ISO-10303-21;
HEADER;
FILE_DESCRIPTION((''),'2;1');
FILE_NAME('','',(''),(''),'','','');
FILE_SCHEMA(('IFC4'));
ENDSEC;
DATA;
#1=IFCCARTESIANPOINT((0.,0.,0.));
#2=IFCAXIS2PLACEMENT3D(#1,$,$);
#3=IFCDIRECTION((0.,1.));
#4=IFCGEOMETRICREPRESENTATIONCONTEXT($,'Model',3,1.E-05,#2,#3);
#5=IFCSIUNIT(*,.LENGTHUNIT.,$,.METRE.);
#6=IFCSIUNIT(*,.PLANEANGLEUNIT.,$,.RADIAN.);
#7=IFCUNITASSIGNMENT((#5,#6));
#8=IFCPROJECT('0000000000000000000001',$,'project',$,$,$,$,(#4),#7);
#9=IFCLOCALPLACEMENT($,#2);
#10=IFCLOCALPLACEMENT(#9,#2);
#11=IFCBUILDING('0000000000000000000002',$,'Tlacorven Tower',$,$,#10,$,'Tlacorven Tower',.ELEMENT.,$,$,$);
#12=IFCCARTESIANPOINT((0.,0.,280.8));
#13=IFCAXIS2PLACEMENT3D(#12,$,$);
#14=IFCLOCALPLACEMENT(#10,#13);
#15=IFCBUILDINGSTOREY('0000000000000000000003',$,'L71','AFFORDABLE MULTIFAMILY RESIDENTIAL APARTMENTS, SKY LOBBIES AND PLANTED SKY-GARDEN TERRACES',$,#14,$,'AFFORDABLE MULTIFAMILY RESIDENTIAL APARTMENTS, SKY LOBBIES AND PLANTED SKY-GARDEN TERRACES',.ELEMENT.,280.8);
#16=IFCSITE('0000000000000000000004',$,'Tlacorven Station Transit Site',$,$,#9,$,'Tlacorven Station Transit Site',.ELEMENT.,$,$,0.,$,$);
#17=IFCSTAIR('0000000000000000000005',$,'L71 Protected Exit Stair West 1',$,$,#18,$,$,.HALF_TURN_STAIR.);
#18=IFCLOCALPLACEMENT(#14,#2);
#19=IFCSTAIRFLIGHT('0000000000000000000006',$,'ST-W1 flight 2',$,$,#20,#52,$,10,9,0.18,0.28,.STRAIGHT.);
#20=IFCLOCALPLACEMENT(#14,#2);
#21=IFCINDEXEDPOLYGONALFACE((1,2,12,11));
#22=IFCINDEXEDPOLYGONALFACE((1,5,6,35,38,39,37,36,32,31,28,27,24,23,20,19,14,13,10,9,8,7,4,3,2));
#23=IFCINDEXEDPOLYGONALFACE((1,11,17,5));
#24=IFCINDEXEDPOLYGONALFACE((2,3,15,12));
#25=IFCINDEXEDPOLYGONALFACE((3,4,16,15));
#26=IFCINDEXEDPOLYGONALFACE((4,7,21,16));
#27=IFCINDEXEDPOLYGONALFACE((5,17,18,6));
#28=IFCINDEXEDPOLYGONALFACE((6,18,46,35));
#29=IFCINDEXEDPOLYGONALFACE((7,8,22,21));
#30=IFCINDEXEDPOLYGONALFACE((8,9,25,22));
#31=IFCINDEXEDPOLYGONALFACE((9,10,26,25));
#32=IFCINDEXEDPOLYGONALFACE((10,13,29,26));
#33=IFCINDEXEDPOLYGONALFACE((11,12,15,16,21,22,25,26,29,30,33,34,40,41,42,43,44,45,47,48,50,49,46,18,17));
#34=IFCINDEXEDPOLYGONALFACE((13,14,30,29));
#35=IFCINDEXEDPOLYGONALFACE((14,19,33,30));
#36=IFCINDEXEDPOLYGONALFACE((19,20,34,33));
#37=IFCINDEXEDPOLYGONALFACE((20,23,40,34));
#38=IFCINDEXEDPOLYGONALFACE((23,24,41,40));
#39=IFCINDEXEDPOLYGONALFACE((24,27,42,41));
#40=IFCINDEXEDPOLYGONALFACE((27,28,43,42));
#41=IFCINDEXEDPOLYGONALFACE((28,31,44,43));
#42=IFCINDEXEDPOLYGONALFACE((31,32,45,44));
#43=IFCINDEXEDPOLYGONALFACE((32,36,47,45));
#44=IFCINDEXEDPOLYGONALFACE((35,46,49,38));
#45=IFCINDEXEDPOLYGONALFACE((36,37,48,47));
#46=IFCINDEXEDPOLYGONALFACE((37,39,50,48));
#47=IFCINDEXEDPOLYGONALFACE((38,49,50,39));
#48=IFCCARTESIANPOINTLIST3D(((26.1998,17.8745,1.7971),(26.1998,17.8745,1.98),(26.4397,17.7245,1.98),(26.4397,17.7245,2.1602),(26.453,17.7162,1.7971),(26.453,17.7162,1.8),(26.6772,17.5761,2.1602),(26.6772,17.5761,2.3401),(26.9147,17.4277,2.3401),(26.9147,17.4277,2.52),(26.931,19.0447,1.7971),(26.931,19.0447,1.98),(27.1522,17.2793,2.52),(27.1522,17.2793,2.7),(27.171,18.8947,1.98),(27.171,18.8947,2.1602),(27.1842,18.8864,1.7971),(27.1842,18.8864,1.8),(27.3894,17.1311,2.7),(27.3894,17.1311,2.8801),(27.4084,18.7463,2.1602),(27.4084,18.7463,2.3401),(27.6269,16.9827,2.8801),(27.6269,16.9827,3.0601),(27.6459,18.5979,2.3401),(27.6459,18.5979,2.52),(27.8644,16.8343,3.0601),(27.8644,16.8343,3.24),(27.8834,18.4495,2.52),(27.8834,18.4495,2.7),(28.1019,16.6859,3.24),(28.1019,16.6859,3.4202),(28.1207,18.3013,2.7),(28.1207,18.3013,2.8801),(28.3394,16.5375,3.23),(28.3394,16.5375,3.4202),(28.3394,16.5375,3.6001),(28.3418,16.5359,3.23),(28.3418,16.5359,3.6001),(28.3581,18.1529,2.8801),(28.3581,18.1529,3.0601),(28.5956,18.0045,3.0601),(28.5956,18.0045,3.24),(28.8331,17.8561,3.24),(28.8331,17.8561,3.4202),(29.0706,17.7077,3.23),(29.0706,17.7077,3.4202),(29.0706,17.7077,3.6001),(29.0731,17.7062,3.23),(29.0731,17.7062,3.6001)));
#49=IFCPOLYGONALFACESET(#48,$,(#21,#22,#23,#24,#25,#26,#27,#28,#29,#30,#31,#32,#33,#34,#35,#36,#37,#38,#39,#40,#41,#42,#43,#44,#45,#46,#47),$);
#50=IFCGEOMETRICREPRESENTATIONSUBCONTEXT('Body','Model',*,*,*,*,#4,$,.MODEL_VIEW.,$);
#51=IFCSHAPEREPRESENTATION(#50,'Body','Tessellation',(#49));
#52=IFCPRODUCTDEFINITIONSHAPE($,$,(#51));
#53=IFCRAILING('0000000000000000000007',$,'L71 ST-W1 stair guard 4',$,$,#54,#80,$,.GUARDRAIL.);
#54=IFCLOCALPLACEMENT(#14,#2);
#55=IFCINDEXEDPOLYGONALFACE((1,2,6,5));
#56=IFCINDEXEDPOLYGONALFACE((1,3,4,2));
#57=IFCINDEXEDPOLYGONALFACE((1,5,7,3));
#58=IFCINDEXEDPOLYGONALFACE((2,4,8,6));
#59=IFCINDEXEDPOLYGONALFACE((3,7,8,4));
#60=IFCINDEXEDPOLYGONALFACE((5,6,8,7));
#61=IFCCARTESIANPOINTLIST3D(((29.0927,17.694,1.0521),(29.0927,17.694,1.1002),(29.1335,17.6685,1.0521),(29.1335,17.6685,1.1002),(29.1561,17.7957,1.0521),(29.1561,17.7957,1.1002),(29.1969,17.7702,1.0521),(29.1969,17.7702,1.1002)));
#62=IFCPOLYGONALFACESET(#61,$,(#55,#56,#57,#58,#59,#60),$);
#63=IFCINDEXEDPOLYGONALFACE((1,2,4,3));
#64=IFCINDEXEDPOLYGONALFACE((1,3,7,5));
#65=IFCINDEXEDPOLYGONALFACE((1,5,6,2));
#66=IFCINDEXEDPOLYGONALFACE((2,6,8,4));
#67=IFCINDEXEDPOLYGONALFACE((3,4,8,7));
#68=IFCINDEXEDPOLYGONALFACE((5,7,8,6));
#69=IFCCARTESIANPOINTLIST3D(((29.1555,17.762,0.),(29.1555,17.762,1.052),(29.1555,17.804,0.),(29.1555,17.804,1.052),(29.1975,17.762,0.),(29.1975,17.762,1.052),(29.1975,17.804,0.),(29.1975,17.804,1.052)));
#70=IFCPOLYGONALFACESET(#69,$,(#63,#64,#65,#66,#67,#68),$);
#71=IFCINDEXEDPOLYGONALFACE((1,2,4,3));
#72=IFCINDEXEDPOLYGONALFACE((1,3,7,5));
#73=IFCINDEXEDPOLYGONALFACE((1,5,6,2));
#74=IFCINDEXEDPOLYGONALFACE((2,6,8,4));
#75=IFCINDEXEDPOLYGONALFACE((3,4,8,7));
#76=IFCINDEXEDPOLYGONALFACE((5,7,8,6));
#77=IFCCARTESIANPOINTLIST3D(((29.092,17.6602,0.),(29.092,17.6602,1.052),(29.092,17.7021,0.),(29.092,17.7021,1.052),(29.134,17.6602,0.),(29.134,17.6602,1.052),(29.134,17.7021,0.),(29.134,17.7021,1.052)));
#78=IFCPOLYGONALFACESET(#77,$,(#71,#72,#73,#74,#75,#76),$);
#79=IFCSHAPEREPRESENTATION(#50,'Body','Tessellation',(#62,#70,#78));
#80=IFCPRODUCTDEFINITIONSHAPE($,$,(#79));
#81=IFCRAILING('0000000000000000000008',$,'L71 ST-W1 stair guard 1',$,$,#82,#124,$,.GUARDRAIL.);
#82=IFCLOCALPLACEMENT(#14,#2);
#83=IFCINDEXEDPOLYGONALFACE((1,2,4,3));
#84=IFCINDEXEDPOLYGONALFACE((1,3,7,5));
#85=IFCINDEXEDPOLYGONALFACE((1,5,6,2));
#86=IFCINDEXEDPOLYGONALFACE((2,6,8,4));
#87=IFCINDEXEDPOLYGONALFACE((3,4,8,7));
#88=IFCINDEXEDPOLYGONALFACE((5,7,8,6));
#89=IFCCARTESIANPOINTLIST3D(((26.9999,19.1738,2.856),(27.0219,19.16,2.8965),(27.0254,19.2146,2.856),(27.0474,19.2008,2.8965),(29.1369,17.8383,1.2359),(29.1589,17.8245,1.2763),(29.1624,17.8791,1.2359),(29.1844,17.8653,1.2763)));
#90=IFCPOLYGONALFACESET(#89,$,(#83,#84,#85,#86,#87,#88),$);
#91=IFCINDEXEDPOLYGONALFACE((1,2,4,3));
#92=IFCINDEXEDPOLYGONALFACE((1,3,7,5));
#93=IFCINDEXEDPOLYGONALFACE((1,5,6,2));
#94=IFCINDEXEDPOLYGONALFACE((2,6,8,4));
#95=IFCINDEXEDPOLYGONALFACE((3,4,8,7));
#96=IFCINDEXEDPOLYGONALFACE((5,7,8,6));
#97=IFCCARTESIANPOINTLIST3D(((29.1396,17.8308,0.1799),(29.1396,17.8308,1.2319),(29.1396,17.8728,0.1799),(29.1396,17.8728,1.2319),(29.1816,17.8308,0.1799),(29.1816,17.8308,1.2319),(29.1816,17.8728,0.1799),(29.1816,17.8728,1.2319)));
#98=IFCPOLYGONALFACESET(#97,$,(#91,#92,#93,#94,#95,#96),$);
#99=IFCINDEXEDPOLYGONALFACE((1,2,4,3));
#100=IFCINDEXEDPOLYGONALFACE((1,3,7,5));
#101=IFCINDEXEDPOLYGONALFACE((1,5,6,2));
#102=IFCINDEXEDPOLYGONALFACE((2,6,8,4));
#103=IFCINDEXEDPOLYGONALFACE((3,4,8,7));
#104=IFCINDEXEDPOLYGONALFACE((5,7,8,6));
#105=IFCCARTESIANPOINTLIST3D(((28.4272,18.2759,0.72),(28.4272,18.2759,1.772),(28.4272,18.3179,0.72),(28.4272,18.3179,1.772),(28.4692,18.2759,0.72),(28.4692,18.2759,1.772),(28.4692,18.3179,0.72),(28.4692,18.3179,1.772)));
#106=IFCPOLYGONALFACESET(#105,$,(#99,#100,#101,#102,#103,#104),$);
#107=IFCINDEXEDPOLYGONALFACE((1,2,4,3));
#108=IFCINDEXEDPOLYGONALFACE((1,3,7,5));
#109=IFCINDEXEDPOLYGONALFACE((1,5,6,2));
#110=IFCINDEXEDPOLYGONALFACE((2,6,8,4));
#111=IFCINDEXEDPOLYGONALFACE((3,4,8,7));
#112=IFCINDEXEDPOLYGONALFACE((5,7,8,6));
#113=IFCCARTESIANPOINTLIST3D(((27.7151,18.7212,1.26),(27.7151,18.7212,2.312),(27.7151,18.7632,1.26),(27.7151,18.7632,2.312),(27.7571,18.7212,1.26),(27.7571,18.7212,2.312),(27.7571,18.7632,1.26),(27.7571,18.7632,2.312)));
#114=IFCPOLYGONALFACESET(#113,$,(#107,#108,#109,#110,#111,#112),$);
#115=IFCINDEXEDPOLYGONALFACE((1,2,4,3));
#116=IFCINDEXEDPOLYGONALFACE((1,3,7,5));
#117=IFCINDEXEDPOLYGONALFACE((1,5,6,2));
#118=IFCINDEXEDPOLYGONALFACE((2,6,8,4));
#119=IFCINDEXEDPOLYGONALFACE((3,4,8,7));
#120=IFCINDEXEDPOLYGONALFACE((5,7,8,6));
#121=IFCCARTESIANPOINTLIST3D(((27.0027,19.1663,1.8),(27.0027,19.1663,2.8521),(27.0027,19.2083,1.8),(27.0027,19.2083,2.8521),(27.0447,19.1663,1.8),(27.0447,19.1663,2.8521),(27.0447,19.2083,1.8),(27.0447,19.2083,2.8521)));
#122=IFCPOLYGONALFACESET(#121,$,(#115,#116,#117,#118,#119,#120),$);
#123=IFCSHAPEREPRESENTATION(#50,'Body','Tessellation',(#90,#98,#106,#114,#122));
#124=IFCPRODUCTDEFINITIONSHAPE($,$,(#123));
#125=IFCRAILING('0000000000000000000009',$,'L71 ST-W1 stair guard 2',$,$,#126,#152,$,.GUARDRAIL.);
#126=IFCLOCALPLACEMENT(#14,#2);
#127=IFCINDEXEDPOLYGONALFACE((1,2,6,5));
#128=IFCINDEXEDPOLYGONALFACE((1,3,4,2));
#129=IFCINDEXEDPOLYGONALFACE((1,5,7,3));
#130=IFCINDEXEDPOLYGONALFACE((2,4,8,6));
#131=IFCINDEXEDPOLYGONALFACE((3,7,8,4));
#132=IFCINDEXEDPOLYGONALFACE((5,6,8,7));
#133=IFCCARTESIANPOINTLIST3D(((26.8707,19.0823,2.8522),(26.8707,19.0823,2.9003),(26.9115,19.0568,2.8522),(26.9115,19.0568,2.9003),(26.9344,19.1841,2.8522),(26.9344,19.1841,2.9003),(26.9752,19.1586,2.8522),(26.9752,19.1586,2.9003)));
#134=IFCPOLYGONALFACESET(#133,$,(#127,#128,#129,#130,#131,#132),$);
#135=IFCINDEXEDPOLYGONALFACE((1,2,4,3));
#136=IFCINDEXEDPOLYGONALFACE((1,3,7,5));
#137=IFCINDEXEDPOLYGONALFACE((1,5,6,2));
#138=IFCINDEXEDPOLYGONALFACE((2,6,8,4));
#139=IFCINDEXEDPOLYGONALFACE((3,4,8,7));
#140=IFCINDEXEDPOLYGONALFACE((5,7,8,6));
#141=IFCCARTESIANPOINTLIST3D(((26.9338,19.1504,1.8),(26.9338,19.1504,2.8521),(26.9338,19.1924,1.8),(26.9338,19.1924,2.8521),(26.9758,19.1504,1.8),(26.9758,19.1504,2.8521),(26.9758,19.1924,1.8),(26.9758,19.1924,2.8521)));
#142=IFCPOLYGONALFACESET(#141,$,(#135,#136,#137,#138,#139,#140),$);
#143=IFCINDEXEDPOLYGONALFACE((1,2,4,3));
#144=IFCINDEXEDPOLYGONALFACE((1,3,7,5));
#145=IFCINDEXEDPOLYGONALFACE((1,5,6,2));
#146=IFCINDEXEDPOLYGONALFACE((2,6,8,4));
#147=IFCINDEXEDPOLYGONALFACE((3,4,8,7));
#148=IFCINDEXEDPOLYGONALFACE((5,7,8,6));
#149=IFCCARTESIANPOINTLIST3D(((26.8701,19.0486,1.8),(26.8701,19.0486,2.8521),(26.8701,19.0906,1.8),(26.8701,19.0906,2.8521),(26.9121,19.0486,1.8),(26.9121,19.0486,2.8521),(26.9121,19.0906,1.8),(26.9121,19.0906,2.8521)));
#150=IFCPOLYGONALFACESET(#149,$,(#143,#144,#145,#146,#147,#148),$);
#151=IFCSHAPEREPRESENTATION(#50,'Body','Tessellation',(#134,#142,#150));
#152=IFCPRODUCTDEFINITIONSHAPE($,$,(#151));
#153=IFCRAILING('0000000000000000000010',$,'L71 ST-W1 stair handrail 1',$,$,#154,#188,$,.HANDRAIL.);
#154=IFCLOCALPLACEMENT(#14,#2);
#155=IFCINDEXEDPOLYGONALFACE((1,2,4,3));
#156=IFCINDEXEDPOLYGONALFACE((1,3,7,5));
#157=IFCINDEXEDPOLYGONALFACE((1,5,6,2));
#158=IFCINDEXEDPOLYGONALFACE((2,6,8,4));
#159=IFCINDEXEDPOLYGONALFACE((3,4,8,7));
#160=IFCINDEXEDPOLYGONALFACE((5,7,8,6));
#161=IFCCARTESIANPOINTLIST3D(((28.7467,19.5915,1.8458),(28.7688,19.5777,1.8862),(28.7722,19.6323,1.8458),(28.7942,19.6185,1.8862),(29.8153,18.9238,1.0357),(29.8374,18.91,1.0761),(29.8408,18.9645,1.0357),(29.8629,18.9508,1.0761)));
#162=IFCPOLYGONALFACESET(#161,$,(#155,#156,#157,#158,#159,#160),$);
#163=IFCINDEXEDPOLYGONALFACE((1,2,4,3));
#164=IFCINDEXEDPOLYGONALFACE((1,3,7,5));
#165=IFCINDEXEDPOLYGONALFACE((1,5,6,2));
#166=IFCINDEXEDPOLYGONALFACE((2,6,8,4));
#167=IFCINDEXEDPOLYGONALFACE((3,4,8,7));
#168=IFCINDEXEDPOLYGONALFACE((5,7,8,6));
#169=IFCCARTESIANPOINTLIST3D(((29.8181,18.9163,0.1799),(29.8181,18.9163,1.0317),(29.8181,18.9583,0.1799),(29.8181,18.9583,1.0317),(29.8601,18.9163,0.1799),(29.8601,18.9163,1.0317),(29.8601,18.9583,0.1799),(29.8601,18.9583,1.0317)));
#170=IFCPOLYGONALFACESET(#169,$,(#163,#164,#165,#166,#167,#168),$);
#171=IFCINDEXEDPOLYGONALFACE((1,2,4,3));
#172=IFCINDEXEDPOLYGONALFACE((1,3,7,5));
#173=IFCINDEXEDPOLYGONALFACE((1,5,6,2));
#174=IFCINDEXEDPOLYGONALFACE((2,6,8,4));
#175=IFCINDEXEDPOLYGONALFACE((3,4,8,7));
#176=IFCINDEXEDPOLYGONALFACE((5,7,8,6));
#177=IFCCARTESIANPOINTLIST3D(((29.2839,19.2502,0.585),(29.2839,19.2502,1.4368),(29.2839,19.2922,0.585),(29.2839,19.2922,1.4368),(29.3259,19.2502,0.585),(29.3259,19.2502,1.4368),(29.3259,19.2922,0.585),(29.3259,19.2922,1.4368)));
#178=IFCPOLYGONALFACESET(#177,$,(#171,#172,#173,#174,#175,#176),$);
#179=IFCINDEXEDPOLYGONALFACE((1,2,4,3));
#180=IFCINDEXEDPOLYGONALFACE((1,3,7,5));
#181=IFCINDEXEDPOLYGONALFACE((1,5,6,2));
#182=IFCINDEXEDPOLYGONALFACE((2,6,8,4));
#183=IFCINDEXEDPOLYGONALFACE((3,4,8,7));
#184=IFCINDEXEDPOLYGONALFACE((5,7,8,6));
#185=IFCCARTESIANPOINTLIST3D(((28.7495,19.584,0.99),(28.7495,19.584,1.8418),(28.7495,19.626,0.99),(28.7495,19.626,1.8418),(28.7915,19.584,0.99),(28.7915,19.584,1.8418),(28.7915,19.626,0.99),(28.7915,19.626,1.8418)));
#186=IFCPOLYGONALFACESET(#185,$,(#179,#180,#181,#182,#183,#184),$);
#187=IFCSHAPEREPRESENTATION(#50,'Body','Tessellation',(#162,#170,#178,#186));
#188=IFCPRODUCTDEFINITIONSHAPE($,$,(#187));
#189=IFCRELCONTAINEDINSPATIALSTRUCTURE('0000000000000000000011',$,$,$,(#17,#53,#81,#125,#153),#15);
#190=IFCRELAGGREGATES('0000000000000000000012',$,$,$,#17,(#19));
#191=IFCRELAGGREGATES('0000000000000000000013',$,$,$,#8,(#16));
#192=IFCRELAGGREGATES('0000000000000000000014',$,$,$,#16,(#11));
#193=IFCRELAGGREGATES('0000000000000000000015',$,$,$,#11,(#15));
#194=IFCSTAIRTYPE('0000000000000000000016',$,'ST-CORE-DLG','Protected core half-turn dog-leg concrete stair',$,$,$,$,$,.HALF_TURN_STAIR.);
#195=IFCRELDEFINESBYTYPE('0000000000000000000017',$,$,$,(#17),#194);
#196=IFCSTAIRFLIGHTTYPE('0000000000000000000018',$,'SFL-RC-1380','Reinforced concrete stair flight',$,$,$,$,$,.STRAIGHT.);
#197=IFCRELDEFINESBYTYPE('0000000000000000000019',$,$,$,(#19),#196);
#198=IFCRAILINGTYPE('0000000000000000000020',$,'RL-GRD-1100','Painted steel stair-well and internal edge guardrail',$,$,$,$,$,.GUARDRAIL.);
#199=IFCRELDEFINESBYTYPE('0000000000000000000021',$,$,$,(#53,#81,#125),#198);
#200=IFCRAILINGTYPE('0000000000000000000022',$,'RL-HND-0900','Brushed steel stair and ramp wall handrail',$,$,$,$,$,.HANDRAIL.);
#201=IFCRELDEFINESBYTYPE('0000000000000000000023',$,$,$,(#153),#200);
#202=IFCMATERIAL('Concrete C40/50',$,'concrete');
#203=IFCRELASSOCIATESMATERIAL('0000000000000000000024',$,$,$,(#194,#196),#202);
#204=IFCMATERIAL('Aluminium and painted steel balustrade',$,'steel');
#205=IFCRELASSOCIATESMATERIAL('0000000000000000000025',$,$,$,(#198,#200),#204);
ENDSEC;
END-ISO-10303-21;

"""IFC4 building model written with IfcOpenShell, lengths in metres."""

from ifc_helpers import new_model, si_unit, direction, frame, origin, origin_2d, place, context, subcontext, project, spatial, polyline, rectangle, outline, extrude, source, transform, mapped, material, type_object, element, aggregate, save


model = new_model("IFC4")

# Units and contexts
model_context = context("Model", 3, precision=1e-05, world=origin(), true_north=direction((0.0, 1.0)))
body_context = subcontext(model_context, "Body", "Model", "MODEL_VIEW")
ifc_project = project(units=[si_unit("LENGTHUNIT", "METRE"), si_unit("PLANEANGLEUNIT", "RADIAN")], contexts=[model_context])

# Site, building, storey
site_placement = place(None, origin())
site = spatial("IfcSite", under=ifc_project, at=site_placement, Name="Tlacorven Station Transit Site", LongName="Tlacorven Station Transit Site", CompositionType="ELEMENT", RefElevation=0.0)
building_placement = place(site_placement, origin())
building = spatial("IfcBuilding", under=site, at=building_placement, Name="Tlacorven Tower", LongName="Tlacorven Tower", CompositionType="ELEMENT")
storey_placement = place(building_placement, frame((0.0, 0.0, 280.8)))
storey = spatial("IfcBuildingStorey", under=building, at=storey_placement, Name="L71", Description="AFFORDABLE MULTIFAMILY RESIDENTIAL APARTMENTS, SKY LOBBIES AND PLANTED SKY-GARDEN TERRACES", LongName="AFFORDABLE MULTIFAMILY RESIDENTIAL APARTMENTS, SKY LOBBIES AND PLANTED SKY-GARDEN TERRACES", CompositionType="ELEMENT", Elevation=280.8)

# Stair, stair flight
ifc_material_1 = material(Name="Concrete C40/50", Category="concrete")
stair_type = type_object("IfcStairType", Name="ST-CORE-DLG", Description="Protected core half-turn dog-leg concrete stair", PredefinedType="HALF_TURN_STAIR", material=ifc_material_1)
stair_placement = place(storey_placement, origin())
stair = element("IfcStair", 1, at=stair_placement, inside=storey, type_object=stair_type, Name="L71 Protected Exit Stair West 1", PredefinedType="HALF_TURN_STAIR")
stair_flight_type = type_object("IfcStairFlightType", Name="SFL-RC-1380", Description="Reinforced concrete stair flight", PredefinedType="STRAIGHT", material=ifc_material_1)
shared_shape_1 = source(origin(), body_context, "Body", "SweptSolid", [
    extrude(outline(polyline([(-0.0029, -0.0029), (-0.0029, 0.1799), (0.28, 0.1799), (0.28, 0.3601), (0.5601, 0.3601), (0.5601, 0.54), (0.8401, 0.54), (0.8401, 0.72), (1.1201, 0.72), (1.1201, 0.8999), (1.3999, 0.8999), (1.3999, 1.0801), (1.6799, 1.0801), (1.6799, 1.26), (1.96, 1.26), (1.96, 1.4399), (2.24, 1.4399), (2.24, 1.6201), (2.52, 1.6201), (2.52, 1.8), (2.5229, 1.8), (2.5229, 1.4299), (2.52, 1.4299), (0.2957, 0.0), (0.2957, -0.0029), (-0.0029, -0.0029)])), frame((0.0, 0.6899, 0.0), z_axis=(0.0, -1.0, 0.0), x_axis=(1.0, 0.0, 0.0)), (0.0, 0.0, 1.0), 1.3799),
])
stair_flight_1_placement = place(storey_placement, frame((26.5679, 18.458, 1.8), z_axis=(0.0, 0.0, 1.0), x_axis=(0.848048, -0.529919, 0.0)))
stair_flight_1 = element("IfcStairFlight", 2, at=stair_flight_1_placement, type_object=stair_flight_type, Name="ST-W1 flight 2", NumberOfRisers=10, NumberOfTreads=9, PredefinedType="STRAIGHT", RiserHeight=0.18, TreadLength=0.28, context=body_context, shape_type="MappedRepresentation", body=[
    mapped(shared_shape_1, transform((0.0, 0.0, 0.0), scale=1.0)),
])
aggregate(stair, [stair_flight_1])

# Railings
ifc_material_2 = material(Name="Aluminium and painted steel balustrade", Category="steel")
railing_type_1 = type_object("IfcRailingType", Name="RL-GRD-1100", Description="Painted steel stair-well and internal edge guardrail", PredefinedType="GUARDRAIL", material=ifc_material_2)
shared_shape_2 = source(origin(), body_context, "Body", "SweptSolid", [
    extrude(rectangle(XDim=0.0481, YDim=0.0481, at=origin_2d()), frame((0.0, 0.0, 1.0762), z_axis=(-0.529084, -0.848569, 0.0), x_axis=(0.848569, -0.529084, 0.0)), (0.0, 0.0, 1.0), 0.1199),
    extrude(rectangle(XDim=0.042, YDim=0.042, at=origin_2d()), origin(), (0.0, 0.0, 1.0), 1.052),
    extrude(rectangle(XDim=0.042, YDim=0.042, at=origin_2d()), frame((-0.0635, -0.1018, 0.0)), (0.0, 0.0, 1.0), 1.052),
])
railing_1_placement = place(storey_placement, frame((29.1765, 17.783, 0.0)))
element("IfcRailing", 3, at=railing_1_placement, inside=storey, type_object=railing_type_1, Name="L71 ST-W1 stair guard 4", PredefinedType="GUARDRAIL", context=body_context, shape_type="MappedRepresentation", body=[
    mapped(shared_shape_2, transform((0.0, 0.0, 0.0), scale=1.0)),
])
shared_shape_3 = source(origin(), body_context, "Body", "SweptSolid", [
    extrude(rectangle(XDim=0.0481, YDim=0.0481, at=origin_2d()), frame((0.0, 0.0, 1.0762), z_axis=(-0.71332, 0.445774, 0.540796), x_axis=(-0.529955, -0.848026, 0.0)), (0.0, 0.0, 1.0), 2.9958),
    extrude(rectangle(XDim=0.042, YDim=0.042, at=origin_2d()), origin(), (0.0, 0.0, 1.0), 1.052),
    extrude(rectangle(XDim=0.042, YDim=0.042, at=origin_2d()), frame((-0.7124, 0.4451, 0.54)), (0.0, 0.0, 1.0), 1.052),
    extrude(rectangle(XDim=0.042, YDim=0.042, at=origin_2d()), frame((-1.4246, 0.8904, 1.0801)), (0.0, 0.0, 1.0), 1.052),
    extrude(rectangle(XDim=0.042, YDim=0.042, at=origin_2d()), frame((-2.137, 1.3354, 1.6201)), (0.0, 0.0, 1.0), 1.052),
])
railing_2_placement = place(storey_placement, frame((29.1606, 17.8518, 0.1799)))
element("IfcRailing", 4, at=railing_2_placement, inside=storey, type_object=railing_type_1, Name="L71 ST-W1 stair guard 1", PredefinedType="GUARDRAIL", context=body_context, shape_type="MappedRepresentation", body=[
    mapped(shared_shape_3, transform((0.0, 0.0, 0.0), scale=1.0)),
])
shared_shape_4 = source(origin(), body_context, "Body", "SweptSolid", [
    extrude(rectangle(XDim=0.0481, YDim=0.0481, at=origin_2d()), frame((0.0, 0.0, 1.0762), z_axis=(-0.530547, -0.847656, 0.0), x_axis=(0.847656, -0.530547, 0.0)), (0.0, 0.0, 1.0), 0.1201),
    extrude(rectangle(XDim=0.042, YDim=0.042, at=origin_2d()), origin(), (0.0, 0.0, 1.0), 1.052),
    extrude(rectangle(XDim=0.042, YDim=0.042, at=origin_2d()), frame((-0.0637, -0.1018, 0.0)), (0.0, 0.0, 1.0), 1.052),
])
railing_3_placement = place(storey_placement, frame((26.9548, 19.1714, 1.8)))
element("IfcRailing", 5, at=railing_3_placement, inside=storey, type_object=railing_type_1, Name="L71 ST-W1 stair guard 2", PredefinedType="GUARDRAIL", context=body_context, shape_type="MappedRepresentation", body=[
    mapped(shared_shape_4, transform((0.0, 0.0, 0.0), scale=1.0)),
])
railing_type_2 = type_object("IfcRailingType", Name="RL-HND-0900", Description="Brushed steel stair and ramp wall handrail", PredefinedType="HANDRAIL", material=ifc_material_2)
shared_shape_5 = source(origin(), body_context, "Body", "SweptSolid", [
    extrude(rectangle(XDim=0.0481, YDim=0.0481, at=origin_2d()), frame((0.0, 0.0, 0.876), z_axis=(-0.71336, 0.445748, 0.540765), x_axis=(-0.529912, -0.848053, 0.0)), (0.0, 0.0, 1.0), 1.498),
    extrude(rectangle(XDim=0.042, YDim=0.042, at=origin_2d()), origin(), (0.0, 0.0, 1.0), 0.8518),
    extrude(rectangle(XDim=0.042, YDim=0.042, at=origin_2d()), frame((-0.5342, 0.334, 0.405)), (0.0, 0.0, 1.0), 0.8518),
    extrude(rectangle(XDim=0.042, YDim=0.042, at=origin_2d()), frame((-1.0686, 0.6677, 0.8101)), (0.0, 0.0, 1.0), 0.8518),
])
for number, where, name in (
    (6, (29.8391, 18.9373, 0.1799), "L71 ST-W1 stair handrail 1"),
):
    element("IfcRailing", number, at=place(storey_placement, frame(where)), inside=storey, type_object=railing_type_2, Name=name, PredefinedType="HANDRAIL", context=body_context, shape_type="MappedRepresentation", body=[
        mapped(shared_shape_5, transform((0.0, 0.0, 0.0), scale=1.0)),
    ])

save(model, "model.ifc")
